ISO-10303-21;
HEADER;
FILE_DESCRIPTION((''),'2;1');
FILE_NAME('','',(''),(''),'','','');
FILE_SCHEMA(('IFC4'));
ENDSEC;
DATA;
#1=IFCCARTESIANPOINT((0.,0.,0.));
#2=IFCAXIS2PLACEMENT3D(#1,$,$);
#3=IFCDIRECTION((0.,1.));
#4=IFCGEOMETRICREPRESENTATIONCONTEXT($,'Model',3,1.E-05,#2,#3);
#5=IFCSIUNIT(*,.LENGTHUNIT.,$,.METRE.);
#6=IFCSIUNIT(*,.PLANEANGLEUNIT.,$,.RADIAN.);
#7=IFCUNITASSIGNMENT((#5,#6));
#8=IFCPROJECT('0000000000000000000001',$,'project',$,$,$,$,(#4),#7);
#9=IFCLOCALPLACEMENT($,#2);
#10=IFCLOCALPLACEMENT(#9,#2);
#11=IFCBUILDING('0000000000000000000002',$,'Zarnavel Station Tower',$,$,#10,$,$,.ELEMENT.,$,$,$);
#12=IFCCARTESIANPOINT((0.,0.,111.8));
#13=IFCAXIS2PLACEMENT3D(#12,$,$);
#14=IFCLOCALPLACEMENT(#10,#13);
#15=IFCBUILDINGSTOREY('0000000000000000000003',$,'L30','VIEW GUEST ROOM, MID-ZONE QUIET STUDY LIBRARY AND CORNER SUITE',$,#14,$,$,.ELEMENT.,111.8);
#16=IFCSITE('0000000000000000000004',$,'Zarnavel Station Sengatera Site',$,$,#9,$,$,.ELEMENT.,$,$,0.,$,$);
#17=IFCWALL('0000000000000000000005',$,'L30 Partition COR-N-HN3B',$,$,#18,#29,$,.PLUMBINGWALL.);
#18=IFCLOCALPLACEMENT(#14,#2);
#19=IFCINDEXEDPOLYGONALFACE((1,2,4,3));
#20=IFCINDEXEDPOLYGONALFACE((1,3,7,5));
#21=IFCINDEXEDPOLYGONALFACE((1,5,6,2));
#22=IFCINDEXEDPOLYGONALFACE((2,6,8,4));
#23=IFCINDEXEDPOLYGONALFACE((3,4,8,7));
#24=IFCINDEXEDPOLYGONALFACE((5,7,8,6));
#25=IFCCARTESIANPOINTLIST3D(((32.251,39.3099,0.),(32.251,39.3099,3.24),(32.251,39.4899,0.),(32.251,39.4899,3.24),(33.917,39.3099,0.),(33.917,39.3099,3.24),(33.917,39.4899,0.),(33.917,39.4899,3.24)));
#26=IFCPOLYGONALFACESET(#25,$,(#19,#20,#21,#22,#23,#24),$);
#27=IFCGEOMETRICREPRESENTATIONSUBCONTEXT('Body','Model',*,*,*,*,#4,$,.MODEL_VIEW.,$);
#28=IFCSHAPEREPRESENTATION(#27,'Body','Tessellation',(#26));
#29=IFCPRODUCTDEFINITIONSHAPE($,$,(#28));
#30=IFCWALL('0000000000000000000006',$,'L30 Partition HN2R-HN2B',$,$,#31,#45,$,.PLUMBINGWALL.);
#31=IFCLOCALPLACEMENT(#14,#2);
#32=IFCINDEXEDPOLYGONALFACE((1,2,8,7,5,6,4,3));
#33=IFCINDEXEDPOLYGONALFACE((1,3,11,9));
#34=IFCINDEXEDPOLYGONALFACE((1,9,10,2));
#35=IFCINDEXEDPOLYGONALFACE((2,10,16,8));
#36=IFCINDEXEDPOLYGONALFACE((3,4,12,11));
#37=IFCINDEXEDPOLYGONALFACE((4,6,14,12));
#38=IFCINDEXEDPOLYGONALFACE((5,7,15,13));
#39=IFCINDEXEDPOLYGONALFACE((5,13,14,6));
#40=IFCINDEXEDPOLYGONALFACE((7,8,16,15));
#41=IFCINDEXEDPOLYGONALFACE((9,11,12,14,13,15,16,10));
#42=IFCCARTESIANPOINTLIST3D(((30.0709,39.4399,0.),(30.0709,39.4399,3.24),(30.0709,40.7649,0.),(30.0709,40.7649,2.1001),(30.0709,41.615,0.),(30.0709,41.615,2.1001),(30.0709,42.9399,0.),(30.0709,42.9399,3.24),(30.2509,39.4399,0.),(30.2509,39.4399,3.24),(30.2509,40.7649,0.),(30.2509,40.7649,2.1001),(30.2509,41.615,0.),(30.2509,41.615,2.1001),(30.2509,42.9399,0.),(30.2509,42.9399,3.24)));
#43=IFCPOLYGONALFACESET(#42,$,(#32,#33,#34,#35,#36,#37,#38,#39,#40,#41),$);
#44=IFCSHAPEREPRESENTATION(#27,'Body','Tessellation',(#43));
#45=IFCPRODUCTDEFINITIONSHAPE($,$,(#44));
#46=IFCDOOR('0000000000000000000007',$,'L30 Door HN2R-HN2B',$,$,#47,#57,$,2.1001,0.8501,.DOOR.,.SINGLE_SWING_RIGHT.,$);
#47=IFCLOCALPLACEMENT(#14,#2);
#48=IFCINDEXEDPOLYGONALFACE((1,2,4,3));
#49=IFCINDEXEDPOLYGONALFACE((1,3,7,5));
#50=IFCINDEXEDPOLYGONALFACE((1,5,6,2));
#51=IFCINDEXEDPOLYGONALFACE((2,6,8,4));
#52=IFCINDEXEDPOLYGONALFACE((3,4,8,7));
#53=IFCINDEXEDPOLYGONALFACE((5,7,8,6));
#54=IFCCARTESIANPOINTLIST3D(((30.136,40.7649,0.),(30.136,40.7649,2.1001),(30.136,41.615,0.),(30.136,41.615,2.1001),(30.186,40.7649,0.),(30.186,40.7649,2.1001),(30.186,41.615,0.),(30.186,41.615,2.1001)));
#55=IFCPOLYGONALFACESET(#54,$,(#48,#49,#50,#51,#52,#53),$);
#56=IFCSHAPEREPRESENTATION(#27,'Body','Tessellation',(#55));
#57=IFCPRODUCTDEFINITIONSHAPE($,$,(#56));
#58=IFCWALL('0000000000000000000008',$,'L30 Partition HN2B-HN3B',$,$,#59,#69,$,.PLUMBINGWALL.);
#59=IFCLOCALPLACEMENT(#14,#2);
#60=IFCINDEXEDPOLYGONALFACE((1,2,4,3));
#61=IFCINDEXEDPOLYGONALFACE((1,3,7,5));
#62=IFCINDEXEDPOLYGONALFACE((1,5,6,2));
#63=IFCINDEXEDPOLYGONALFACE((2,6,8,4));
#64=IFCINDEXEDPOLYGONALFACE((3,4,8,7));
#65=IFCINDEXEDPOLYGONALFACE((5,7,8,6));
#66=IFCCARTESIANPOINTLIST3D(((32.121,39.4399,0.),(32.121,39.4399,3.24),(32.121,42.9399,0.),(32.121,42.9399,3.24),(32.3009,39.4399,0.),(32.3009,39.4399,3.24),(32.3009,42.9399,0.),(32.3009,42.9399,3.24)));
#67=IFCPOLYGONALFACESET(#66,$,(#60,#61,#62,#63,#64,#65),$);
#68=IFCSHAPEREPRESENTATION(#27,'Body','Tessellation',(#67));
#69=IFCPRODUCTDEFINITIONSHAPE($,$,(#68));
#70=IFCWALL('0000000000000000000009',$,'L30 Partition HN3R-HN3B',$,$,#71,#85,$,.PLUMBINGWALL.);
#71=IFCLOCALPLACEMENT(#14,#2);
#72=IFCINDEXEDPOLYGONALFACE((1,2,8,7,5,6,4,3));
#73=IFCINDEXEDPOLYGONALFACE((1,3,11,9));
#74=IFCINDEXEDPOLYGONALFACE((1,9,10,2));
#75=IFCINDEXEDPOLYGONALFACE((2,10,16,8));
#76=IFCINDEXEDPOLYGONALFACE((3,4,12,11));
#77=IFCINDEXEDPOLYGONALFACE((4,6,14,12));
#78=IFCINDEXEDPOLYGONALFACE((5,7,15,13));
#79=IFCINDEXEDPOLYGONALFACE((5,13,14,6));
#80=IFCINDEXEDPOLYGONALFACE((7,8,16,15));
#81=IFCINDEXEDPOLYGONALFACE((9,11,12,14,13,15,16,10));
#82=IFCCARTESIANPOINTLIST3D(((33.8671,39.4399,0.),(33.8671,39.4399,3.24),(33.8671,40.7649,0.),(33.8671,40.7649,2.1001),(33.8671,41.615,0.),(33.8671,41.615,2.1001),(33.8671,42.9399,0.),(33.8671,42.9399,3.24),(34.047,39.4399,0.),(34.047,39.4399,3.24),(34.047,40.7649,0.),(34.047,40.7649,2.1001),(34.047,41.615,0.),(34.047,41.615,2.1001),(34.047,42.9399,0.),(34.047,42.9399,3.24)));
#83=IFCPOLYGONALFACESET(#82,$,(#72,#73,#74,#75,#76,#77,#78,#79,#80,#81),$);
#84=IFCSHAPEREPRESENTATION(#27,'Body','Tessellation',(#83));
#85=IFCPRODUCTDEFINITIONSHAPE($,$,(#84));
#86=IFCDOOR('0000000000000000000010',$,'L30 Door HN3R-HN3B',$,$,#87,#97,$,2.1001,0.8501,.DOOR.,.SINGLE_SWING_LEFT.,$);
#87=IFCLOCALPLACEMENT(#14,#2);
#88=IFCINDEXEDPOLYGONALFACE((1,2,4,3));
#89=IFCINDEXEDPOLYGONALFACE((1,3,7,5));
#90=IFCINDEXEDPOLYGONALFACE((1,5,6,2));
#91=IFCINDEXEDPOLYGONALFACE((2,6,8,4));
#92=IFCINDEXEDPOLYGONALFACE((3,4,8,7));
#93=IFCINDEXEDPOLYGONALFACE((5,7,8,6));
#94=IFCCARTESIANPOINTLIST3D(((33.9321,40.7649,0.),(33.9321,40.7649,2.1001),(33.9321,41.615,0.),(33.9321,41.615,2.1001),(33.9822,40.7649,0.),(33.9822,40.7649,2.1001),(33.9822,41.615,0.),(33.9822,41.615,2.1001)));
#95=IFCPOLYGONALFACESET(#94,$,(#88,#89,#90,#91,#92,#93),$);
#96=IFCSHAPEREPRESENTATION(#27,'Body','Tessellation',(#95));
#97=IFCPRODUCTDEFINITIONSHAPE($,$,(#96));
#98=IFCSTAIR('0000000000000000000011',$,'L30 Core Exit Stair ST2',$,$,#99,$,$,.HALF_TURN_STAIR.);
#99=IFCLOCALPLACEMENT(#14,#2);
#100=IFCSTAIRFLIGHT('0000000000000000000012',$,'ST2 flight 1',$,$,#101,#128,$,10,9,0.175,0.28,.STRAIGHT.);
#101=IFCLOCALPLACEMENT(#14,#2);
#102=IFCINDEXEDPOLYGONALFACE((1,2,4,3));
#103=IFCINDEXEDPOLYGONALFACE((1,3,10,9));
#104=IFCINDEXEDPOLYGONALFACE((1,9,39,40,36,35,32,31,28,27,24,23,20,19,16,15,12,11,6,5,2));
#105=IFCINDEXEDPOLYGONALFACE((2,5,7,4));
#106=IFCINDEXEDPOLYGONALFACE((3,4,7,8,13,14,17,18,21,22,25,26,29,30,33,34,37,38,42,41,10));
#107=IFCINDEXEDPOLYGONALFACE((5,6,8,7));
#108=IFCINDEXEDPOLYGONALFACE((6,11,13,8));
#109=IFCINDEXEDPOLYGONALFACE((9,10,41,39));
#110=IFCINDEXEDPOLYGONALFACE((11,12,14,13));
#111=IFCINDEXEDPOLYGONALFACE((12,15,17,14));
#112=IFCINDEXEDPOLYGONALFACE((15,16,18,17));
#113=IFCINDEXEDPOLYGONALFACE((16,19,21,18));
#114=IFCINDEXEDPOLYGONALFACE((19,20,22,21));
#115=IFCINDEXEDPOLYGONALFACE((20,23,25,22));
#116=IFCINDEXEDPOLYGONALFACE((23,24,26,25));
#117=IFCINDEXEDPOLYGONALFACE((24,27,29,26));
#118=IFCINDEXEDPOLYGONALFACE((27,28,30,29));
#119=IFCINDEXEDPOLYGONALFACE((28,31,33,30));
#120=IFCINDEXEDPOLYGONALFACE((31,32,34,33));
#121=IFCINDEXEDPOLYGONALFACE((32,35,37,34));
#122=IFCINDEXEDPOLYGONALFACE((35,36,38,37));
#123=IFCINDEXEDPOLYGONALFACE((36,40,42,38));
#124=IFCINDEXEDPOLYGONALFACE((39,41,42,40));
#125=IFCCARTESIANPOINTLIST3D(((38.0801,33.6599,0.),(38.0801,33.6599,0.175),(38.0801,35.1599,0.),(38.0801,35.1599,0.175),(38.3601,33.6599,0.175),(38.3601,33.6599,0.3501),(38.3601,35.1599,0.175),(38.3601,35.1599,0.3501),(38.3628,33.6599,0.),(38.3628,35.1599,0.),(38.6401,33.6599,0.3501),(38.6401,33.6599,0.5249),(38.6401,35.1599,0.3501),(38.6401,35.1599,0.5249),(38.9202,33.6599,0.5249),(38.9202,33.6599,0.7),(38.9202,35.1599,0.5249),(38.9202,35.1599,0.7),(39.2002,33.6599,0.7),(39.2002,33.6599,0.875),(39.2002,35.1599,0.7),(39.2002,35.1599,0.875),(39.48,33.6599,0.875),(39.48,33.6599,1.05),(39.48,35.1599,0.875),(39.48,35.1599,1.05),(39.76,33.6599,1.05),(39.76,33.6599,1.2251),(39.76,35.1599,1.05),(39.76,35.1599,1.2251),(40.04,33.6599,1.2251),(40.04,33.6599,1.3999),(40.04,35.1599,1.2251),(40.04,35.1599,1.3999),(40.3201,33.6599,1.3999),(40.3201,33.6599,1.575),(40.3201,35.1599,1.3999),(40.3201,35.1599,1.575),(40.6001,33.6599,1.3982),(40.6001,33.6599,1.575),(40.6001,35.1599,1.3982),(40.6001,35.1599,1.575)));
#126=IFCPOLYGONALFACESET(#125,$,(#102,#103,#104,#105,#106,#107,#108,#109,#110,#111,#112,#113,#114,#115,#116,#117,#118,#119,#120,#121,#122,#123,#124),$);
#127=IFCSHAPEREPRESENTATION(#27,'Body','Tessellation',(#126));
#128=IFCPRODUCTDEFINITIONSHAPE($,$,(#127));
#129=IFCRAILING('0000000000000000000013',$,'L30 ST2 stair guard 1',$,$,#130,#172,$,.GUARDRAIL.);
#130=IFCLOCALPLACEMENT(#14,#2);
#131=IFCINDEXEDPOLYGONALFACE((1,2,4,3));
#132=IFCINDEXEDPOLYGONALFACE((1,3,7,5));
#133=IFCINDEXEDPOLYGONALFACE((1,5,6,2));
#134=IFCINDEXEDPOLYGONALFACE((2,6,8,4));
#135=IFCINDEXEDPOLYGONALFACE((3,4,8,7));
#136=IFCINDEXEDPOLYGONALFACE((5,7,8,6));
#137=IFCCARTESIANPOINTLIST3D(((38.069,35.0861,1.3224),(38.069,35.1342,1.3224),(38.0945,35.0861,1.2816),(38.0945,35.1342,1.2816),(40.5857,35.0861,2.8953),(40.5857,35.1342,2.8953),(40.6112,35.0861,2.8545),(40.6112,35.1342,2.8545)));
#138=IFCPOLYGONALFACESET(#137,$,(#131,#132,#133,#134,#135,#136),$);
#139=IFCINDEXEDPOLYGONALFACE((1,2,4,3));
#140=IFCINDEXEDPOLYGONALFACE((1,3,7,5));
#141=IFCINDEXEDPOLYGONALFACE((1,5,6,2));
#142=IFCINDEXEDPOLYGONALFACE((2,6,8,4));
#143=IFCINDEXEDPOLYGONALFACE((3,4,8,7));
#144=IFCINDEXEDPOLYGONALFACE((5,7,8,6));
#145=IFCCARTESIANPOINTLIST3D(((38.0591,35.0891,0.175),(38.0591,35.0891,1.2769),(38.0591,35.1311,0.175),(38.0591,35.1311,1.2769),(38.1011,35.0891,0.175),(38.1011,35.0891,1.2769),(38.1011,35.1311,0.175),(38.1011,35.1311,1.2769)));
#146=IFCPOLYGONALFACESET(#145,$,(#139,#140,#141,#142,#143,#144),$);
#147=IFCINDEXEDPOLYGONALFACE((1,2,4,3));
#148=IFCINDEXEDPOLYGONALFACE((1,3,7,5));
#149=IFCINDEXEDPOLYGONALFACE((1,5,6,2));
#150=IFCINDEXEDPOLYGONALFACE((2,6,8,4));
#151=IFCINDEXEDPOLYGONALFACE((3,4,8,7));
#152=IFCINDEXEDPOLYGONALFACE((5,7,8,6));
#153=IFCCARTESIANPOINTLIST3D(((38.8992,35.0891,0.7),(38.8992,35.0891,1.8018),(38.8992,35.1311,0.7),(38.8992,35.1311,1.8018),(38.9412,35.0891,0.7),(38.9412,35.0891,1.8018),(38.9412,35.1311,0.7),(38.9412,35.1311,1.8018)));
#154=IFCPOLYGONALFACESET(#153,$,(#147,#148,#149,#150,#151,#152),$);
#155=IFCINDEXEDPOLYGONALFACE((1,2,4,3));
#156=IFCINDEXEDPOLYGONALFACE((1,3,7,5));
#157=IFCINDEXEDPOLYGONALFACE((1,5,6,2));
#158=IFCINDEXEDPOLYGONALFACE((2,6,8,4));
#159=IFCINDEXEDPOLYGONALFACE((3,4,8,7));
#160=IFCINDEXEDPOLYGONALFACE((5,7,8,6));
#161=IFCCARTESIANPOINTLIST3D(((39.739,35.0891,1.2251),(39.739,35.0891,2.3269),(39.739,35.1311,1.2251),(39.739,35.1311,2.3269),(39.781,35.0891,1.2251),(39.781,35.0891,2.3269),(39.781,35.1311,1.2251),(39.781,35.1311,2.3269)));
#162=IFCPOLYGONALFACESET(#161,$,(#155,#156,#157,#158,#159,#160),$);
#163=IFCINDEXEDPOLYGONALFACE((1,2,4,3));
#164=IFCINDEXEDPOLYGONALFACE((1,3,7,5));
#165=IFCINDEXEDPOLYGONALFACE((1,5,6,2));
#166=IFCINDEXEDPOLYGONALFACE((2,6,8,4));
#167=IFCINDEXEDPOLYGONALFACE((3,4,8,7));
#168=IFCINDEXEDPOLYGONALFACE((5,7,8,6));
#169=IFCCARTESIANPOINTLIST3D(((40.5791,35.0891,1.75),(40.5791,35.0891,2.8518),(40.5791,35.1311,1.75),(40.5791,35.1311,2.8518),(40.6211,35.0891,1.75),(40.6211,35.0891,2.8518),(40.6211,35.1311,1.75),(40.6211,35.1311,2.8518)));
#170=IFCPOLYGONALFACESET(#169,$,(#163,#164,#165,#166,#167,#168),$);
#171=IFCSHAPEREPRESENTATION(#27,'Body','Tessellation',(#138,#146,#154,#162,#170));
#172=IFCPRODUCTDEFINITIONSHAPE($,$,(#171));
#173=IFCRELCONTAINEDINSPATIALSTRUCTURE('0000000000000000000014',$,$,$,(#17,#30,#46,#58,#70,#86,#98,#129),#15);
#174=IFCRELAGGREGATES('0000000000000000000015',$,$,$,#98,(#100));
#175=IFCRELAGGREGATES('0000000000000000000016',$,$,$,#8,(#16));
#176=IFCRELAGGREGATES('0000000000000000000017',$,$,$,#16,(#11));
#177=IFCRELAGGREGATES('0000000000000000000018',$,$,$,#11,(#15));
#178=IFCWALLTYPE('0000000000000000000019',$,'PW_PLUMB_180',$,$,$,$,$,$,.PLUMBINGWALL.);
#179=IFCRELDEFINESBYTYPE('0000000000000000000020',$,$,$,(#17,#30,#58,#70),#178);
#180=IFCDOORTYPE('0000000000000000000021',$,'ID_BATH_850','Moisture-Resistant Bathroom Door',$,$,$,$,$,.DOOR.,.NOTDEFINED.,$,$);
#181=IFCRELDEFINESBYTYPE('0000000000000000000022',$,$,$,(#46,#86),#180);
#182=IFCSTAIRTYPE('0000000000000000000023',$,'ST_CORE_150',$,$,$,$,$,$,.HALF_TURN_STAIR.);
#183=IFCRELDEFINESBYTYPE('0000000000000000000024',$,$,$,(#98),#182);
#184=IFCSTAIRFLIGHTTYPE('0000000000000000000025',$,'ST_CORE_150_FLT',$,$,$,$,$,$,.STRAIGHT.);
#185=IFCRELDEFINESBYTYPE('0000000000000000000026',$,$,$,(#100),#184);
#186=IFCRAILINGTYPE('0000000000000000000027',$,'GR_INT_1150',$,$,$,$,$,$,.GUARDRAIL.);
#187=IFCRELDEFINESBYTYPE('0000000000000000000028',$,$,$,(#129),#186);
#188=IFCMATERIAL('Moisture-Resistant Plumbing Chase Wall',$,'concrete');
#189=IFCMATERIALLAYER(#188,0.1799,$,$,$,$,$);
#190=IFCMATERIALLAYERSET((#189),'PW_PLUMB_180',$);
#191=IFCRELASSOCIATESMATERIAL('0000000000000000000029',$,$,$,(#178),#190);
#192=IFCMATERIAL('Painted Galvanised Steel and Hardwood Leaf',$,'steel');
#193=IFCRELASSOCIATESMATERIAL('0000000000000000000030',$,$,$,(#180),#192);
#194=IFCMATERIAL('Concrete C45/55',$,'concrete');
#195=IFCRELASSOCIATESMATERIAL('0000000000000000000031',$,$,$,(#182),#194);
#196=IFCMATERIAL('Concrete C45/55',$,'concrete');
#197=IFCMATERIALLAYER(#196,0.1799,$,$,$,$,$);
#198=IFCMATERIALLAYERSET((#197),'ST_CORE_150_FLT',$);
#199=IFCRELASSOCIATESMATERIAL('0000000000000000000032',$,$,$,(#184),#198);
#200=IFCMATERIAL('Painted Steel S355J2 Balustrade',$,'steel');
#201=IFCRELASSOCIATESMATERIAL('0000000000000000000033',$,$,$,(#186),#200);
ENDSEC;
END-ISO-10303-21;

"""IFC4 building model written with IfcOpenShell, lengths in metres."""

from ifc_helpers import new_model, si_unit, direction, frame, frame_2d, origin, origin_2d, place, context, subcontext, project, spatial, polyline, rectangle, outline, extrude, material, layer, layer_set, type_object, element, fill, aggregate, save


model = new_model("IFC4")

# Units and contexts
model_context = context("Model", 3, precision=1e-05, world=origin(), true_north=direction((0.0, 1.0)))
body_context = subcontext(model_context, "Body", "Model", "MODEL_VIEW")
ifc_project = project(units=[si_unit("LENGTHUNIT", "METRE"), si_unit("PLANEANGLEUNIT", "RADIAN")], contexts=[model_context])

# Site, building, storey
site_placement = place(None, origin())
site = spatial("IfcSite", under=ifc_project, at=site_placement, Name="Zarnavel Station Sengatera Site", CompositionType="ELEMENT", RefElevation=0.0)
building_placement = place(site_placement, origin())
building = spatial("IfcBuilding", under=site, at=building_placement, Name="Zarnavel Station Tower", CompositionType="ELEMENT")
storey_placement = place(building_placement, frame((0.0, 0.0, 111.8)))
storey = spatial("IfcBuildingStorey", under=building, at=storey_placement, Name="L30", Description="VIEW GUEST ROOM, MID-ZONE QUIET STUDY LIBRARY AND CORNER SUITE", CompositionType="ELEMENT", Elevation=111.8)

# Wall
ifc_material_1 = material(Name="Moisture-Resistant Plumbing Chase Wall", Category="concrete")
ifc_layer_1 = layer(ifc_material_1, 0.1799)
ifc_layer_set_1 = layer_set([ifc_layer_1], Name="PW_PLUMB_180")
wall_type_1 = type_object("IfcWallType", Name="PW_PLUMB_180", PredefinedType="PLUMBINGWALL", material=ifc_layer_set_1)
wall_1_placement = place(storey_placement, frame((32.251, 39.3999, 0.0), z_axis=(0.0, 0.0, 1.0), x_axis=(1.0, 0.0, 0.0)))
element("IfcWall", 1, at=wall_1_placement, inside=storey, type_object=wall_type_1, Name="L30 Partition COR-N-HN3B", PredefinedType="PLUMBINGWALL", context=body_context, shape_type="SweptSolid", body=[
    extrude(rectangle(XDim=1.666, YDim=0.1799, at=frame_2d((0.833, 0.0))), origin(), (0.0, 0.0, 1.0), 3.24),
])

# Wall, opening, door
wall_2_placement = place(storey_placement, frame((30.1609, 39.4399, 0.0), z_axis=(0.0, 0.0, 1.0), x_axis=(0.0, 1.0, 0.0)))
wall_2 = element("IfcWall", 2, at=wall_2_placement, inside=storey, type_object=wall_type_1, Name="L30 Partition HN2R-HN2B", PredefinedType="PLUMBINGWALL", context=body_context, shape_type="SweptSolid", body=[
    extrude(rectangle(XDim=3.5, YDim=0.1799, at=frame_2d((1.75, 0.0))), origin(), (0.0, 0.0, 1.0), 3.24),
])
opening_1_placement = place(wall_2_placement, frame((1.325, 0.0, 0.0)))
opening_1 = element("IfcOpeningElement", 3, at=opening_1_placement, cuts=wall_2, PredefinedType="OPENING", context=body_context, shape_type="SweptSolid", body=[
    extrude(rectangle(XDim=0.8501, YDim=2.1001, at=frame_2d((0.425, 1.05))), frame((0.0, 0.0999, 0.0), z_axis=(0.0, -1.0, 0.0), x_axis=(1.0, 0.0, 0.0)), (0.0, 0.0, 1.0), 0.2),
])
ifc_material_2 = material(Name="Painted Galvanised Steel and Hardwood Leaf", Category="steel")
door_type_1 = type_object("IfcDoorType", Name="ID_BATH_850", Description="Moisture-Resistant Bathroom Door", OperationType="NOTDEFINED", PredefinedType="DOOR", material=ifc_material_2)
door_1_placement = place(opening_1_placement, origin())
door_1 = element("IfcDoor", 4, at=door_1_placement, inside=storey, type_object=door_type_1, Name="L30 Door HN2R-HN2B", OperationType="SINGLE_SWING_RIGHT", OverallHeight=2.1001, OverallWidth=0.8501, PredefinedType="DOOR", context=body_context, shape_type="SweptSolid", body=[
    extrude(rectangle(XDim=0.8501, YDim=2.1001, at=frame_2d((0.425, 1.05))), frame((0.0, 0.0249, 0.0), z_axis=(0.0, -1.0, 0.0), x_axis=(1.0, 0.0, 0.0)), (0.0, 0.0, 1.0), 0.05),
])
fill(opening_1, door_1)

# Wall
wall_3_placement = place(storey_placement, frame((32.2109, 39.4399, 0.0), z_axis=(0.0, 0.0, 1.0), x_axis=(0.0, 1.0, 0.0)))
element("IfcWall", 5, at=wall_3_placement, inside=storey, type_object=wall_type_1, Name="L30 Partition HN2B-HN3B", PredefinedType="PLUMBINGWALL", context=body_context, shape_type="SweptSolid", body=[
    extrude(rectangle(XDim=3.5, YDim=0.1799, at=frame_2d((1.75, 0.0))), origin(), (0.0, 0.0, 1.0), 3.24),
])

# Wall, opening, door
wall_4_placement = place(storey_placement, frame((33.957, 39.4399, 0.0), z_axis=(0.0, 0.0, 1.0), x_axis=(0.0, 1.0, 0.0)))
wall_4 = element("IfcWall", 6, at=wall_4_placement, inside=storey, type_object=wall_type_1, Name="L30 Partition HN3R-HN3B", PredefinedType="PLUMBINGWALL", context=body_context, shape_type="SweptSolid", body=[
    extrude(rectangle(XDim=3.5, YDim=0.1799, at=frame_2d((1.75, 0.0))), origin(), (0.0, 0.0, 1.0), 3.24),
])
opening_2_placement = place(wall_4_placement, frame((1.325, 0.0, 0.0)))
opening_2 = element("IfcOpeningElement", 7, at=opening_2_placement, cuts=wall_4, PredefinedType="OPENING", context=body_context, shape_type="SweptSolid", body=[
    extrude(rectangle(XDim=0.8501, YDim=2.1001, at=frame_2d((0.425, 1.05))), frame((0.0, 0.0999, 0.0), z_axis=(0.0, -1.0, 0.0), x_axis=(1.0, 0.0, 0.0)), (0.0, 0.0, 1.0), 0.2),
])
door_2_placement = place(opening_2_placement, origin())
door_2 = element("IfcDoor", 8, at=door_2_placement, inside=storey, type_object=door_type_1, Name="L30 Door HN3R-HN3B", OperationType="SINGLE_SWING_LEFT", OverallHeight=2.1001, OverallWidth=0.8501, PredefinedType="DOOR", context=body_context, shape_type="SweptSolid", body=[
    extrude(rectangle(XDim=0.8501, YDim=2.1001, at=frame_2d((0.425, 1.05))), frame((0.0, 0.0249, 0.0), z_axis=(0.0, -1.0, 0.0), x_axis=(1.0, 0.0, 0.0)), (0.0, 0.0, 1.0), 0.05),
])
fill(opening_2, door_2)

# Stair, stair flight
ifc_material_3 = material(Name="Concrete C45/55", Category="concrete")
stair_type = type_object("IfcStairType", Name="ST_CORE_150", PredefinedType="HALF_TURN_STAIR", material=ifc_material_3)
stair_placement = place(storey_placement, origin())
stair = element("IfcStair", 9, at=stair_placement, inside=storey, type_object=stair_type, Name="L30 Core Exit Stair ST2", PredefinedType="HALF_TURN_STAIR")
ifc_material_4 = material(Name="Concrete C45/55", Category="concrete")
ifc_layer_2 = layer(ifc_material_4, 0.1799)
ifc_layer_set_2 = layer_set([ifc_layer_2], Name="ST_CORE_150_FLT")
stair_flight_type = type_object("IfcStairFlightType", Name="ST_CORE_150_FLT", PredefinedType="STRAIGHT", material=ifc_layer_set_2)
stair_flight_placement = place(storey_placement, frame((38.0801, 34.4099, 0.0), z_axis=(0.0, 0.0, 1.0), x_axis=(1.0, 0.0, 0.0)))
stair_flight = element("IfcStairFlight", 10, at=stair_flight_placement, type_object=stair_flight_type, Name="ST2 flight 1", NumberOfRisers=10, NumberOfTreads=9, PredefinedType="STRAIGHT", RiserHeight=0.175, TreadLength=0.28, context=body_context, shape_type="SweptSolid", body=[
    extrude(outline(polyline([(0.0, 0.0), (0.0, 0.175), (0.28, 0.175), (0.28, 0.3501), (0.5601, 0.3501), (0.5601, 0.5249), (0.8401, 0.5249), (0.8401, 0.7), (1.1201, 0.7), (1.1201, 0.875), (1.3999, 0.875), (1.3999, 1.05), (1.6799, 1.05), (1.6799, 1.2251), (1.96, 1.2251), (1.96, 1.3999), (2.24, 1.3999), (2.24, 1.575), (2.52, 1.575), (2.52, 1.75), (2.52, 1.3982), (0.2827, 0.0), (0.0, 0.0)])), frame((0.0, 0.75, 0.0), z_axis=(0.0, -1.0, 0.0), x_axis=(1.0, 0.0, 0.0)), (0.0, 0.0, 1.0), 1.5),
])
aggregate(stair, [stair_flight])

# Railing
ifc_material_5 = material(Name="Painted Steel S355J2 Balustrade", Category="steel")
railing_type_1 = type_object("IfcRailingType", Name="GR_INT_1150", PredefinedType="GUARDRAIL", material=ifc_material_5)
railing_1_placement = place(storey_placement, frame((38.0801, 35.1101, 0.175)))
element("IfcRailing", 11, at=railing_1_placement, inside=storey, type_object=railing_type_1, Name="L30 ST2 stair guard 1", PredefinedType="GUARDRAIL", context=body_context, shape_type="SweptSolid", body=[
    extrude(rectangle(XDim=0.0481, YDim=0.0481, at=origin_2d()), frame((0.0017, 0.0, 1.127), z_axis=(0.848008, 0.0, 0.529984), x_axis=(0.0, 1.0, 0.0)), (0.0, 0.0, 1.0), 2.9678),
    extrude(rectangle(XDim=0.042, YDim=0.042, at=origin_2d()), origin(), (0.0, 0.0, 1.0), 1.1018),
    extrude(rectangle(XDim=0.042, YDim=0.042, at=origin_2d()), frame((0.8401, 0.0, 0.5249)), (0.0, 0.0, 1.0), 1.1018),
    extrude(rectangle(XDim=0.042, YDim=0.042, at=origin_2d()), frame((1.6799, 0.0, 1.05)), (0.0, 0.0, 1.0), 1.1018),
    extrude(rectangle(XDim=0.042, YDim=0.042, at=origin_2d()), frame((2.52, 0.0, 1.575)), (0.0, 0.0, 1.0), 1.1018),
])

save(model, "model.ifc")
